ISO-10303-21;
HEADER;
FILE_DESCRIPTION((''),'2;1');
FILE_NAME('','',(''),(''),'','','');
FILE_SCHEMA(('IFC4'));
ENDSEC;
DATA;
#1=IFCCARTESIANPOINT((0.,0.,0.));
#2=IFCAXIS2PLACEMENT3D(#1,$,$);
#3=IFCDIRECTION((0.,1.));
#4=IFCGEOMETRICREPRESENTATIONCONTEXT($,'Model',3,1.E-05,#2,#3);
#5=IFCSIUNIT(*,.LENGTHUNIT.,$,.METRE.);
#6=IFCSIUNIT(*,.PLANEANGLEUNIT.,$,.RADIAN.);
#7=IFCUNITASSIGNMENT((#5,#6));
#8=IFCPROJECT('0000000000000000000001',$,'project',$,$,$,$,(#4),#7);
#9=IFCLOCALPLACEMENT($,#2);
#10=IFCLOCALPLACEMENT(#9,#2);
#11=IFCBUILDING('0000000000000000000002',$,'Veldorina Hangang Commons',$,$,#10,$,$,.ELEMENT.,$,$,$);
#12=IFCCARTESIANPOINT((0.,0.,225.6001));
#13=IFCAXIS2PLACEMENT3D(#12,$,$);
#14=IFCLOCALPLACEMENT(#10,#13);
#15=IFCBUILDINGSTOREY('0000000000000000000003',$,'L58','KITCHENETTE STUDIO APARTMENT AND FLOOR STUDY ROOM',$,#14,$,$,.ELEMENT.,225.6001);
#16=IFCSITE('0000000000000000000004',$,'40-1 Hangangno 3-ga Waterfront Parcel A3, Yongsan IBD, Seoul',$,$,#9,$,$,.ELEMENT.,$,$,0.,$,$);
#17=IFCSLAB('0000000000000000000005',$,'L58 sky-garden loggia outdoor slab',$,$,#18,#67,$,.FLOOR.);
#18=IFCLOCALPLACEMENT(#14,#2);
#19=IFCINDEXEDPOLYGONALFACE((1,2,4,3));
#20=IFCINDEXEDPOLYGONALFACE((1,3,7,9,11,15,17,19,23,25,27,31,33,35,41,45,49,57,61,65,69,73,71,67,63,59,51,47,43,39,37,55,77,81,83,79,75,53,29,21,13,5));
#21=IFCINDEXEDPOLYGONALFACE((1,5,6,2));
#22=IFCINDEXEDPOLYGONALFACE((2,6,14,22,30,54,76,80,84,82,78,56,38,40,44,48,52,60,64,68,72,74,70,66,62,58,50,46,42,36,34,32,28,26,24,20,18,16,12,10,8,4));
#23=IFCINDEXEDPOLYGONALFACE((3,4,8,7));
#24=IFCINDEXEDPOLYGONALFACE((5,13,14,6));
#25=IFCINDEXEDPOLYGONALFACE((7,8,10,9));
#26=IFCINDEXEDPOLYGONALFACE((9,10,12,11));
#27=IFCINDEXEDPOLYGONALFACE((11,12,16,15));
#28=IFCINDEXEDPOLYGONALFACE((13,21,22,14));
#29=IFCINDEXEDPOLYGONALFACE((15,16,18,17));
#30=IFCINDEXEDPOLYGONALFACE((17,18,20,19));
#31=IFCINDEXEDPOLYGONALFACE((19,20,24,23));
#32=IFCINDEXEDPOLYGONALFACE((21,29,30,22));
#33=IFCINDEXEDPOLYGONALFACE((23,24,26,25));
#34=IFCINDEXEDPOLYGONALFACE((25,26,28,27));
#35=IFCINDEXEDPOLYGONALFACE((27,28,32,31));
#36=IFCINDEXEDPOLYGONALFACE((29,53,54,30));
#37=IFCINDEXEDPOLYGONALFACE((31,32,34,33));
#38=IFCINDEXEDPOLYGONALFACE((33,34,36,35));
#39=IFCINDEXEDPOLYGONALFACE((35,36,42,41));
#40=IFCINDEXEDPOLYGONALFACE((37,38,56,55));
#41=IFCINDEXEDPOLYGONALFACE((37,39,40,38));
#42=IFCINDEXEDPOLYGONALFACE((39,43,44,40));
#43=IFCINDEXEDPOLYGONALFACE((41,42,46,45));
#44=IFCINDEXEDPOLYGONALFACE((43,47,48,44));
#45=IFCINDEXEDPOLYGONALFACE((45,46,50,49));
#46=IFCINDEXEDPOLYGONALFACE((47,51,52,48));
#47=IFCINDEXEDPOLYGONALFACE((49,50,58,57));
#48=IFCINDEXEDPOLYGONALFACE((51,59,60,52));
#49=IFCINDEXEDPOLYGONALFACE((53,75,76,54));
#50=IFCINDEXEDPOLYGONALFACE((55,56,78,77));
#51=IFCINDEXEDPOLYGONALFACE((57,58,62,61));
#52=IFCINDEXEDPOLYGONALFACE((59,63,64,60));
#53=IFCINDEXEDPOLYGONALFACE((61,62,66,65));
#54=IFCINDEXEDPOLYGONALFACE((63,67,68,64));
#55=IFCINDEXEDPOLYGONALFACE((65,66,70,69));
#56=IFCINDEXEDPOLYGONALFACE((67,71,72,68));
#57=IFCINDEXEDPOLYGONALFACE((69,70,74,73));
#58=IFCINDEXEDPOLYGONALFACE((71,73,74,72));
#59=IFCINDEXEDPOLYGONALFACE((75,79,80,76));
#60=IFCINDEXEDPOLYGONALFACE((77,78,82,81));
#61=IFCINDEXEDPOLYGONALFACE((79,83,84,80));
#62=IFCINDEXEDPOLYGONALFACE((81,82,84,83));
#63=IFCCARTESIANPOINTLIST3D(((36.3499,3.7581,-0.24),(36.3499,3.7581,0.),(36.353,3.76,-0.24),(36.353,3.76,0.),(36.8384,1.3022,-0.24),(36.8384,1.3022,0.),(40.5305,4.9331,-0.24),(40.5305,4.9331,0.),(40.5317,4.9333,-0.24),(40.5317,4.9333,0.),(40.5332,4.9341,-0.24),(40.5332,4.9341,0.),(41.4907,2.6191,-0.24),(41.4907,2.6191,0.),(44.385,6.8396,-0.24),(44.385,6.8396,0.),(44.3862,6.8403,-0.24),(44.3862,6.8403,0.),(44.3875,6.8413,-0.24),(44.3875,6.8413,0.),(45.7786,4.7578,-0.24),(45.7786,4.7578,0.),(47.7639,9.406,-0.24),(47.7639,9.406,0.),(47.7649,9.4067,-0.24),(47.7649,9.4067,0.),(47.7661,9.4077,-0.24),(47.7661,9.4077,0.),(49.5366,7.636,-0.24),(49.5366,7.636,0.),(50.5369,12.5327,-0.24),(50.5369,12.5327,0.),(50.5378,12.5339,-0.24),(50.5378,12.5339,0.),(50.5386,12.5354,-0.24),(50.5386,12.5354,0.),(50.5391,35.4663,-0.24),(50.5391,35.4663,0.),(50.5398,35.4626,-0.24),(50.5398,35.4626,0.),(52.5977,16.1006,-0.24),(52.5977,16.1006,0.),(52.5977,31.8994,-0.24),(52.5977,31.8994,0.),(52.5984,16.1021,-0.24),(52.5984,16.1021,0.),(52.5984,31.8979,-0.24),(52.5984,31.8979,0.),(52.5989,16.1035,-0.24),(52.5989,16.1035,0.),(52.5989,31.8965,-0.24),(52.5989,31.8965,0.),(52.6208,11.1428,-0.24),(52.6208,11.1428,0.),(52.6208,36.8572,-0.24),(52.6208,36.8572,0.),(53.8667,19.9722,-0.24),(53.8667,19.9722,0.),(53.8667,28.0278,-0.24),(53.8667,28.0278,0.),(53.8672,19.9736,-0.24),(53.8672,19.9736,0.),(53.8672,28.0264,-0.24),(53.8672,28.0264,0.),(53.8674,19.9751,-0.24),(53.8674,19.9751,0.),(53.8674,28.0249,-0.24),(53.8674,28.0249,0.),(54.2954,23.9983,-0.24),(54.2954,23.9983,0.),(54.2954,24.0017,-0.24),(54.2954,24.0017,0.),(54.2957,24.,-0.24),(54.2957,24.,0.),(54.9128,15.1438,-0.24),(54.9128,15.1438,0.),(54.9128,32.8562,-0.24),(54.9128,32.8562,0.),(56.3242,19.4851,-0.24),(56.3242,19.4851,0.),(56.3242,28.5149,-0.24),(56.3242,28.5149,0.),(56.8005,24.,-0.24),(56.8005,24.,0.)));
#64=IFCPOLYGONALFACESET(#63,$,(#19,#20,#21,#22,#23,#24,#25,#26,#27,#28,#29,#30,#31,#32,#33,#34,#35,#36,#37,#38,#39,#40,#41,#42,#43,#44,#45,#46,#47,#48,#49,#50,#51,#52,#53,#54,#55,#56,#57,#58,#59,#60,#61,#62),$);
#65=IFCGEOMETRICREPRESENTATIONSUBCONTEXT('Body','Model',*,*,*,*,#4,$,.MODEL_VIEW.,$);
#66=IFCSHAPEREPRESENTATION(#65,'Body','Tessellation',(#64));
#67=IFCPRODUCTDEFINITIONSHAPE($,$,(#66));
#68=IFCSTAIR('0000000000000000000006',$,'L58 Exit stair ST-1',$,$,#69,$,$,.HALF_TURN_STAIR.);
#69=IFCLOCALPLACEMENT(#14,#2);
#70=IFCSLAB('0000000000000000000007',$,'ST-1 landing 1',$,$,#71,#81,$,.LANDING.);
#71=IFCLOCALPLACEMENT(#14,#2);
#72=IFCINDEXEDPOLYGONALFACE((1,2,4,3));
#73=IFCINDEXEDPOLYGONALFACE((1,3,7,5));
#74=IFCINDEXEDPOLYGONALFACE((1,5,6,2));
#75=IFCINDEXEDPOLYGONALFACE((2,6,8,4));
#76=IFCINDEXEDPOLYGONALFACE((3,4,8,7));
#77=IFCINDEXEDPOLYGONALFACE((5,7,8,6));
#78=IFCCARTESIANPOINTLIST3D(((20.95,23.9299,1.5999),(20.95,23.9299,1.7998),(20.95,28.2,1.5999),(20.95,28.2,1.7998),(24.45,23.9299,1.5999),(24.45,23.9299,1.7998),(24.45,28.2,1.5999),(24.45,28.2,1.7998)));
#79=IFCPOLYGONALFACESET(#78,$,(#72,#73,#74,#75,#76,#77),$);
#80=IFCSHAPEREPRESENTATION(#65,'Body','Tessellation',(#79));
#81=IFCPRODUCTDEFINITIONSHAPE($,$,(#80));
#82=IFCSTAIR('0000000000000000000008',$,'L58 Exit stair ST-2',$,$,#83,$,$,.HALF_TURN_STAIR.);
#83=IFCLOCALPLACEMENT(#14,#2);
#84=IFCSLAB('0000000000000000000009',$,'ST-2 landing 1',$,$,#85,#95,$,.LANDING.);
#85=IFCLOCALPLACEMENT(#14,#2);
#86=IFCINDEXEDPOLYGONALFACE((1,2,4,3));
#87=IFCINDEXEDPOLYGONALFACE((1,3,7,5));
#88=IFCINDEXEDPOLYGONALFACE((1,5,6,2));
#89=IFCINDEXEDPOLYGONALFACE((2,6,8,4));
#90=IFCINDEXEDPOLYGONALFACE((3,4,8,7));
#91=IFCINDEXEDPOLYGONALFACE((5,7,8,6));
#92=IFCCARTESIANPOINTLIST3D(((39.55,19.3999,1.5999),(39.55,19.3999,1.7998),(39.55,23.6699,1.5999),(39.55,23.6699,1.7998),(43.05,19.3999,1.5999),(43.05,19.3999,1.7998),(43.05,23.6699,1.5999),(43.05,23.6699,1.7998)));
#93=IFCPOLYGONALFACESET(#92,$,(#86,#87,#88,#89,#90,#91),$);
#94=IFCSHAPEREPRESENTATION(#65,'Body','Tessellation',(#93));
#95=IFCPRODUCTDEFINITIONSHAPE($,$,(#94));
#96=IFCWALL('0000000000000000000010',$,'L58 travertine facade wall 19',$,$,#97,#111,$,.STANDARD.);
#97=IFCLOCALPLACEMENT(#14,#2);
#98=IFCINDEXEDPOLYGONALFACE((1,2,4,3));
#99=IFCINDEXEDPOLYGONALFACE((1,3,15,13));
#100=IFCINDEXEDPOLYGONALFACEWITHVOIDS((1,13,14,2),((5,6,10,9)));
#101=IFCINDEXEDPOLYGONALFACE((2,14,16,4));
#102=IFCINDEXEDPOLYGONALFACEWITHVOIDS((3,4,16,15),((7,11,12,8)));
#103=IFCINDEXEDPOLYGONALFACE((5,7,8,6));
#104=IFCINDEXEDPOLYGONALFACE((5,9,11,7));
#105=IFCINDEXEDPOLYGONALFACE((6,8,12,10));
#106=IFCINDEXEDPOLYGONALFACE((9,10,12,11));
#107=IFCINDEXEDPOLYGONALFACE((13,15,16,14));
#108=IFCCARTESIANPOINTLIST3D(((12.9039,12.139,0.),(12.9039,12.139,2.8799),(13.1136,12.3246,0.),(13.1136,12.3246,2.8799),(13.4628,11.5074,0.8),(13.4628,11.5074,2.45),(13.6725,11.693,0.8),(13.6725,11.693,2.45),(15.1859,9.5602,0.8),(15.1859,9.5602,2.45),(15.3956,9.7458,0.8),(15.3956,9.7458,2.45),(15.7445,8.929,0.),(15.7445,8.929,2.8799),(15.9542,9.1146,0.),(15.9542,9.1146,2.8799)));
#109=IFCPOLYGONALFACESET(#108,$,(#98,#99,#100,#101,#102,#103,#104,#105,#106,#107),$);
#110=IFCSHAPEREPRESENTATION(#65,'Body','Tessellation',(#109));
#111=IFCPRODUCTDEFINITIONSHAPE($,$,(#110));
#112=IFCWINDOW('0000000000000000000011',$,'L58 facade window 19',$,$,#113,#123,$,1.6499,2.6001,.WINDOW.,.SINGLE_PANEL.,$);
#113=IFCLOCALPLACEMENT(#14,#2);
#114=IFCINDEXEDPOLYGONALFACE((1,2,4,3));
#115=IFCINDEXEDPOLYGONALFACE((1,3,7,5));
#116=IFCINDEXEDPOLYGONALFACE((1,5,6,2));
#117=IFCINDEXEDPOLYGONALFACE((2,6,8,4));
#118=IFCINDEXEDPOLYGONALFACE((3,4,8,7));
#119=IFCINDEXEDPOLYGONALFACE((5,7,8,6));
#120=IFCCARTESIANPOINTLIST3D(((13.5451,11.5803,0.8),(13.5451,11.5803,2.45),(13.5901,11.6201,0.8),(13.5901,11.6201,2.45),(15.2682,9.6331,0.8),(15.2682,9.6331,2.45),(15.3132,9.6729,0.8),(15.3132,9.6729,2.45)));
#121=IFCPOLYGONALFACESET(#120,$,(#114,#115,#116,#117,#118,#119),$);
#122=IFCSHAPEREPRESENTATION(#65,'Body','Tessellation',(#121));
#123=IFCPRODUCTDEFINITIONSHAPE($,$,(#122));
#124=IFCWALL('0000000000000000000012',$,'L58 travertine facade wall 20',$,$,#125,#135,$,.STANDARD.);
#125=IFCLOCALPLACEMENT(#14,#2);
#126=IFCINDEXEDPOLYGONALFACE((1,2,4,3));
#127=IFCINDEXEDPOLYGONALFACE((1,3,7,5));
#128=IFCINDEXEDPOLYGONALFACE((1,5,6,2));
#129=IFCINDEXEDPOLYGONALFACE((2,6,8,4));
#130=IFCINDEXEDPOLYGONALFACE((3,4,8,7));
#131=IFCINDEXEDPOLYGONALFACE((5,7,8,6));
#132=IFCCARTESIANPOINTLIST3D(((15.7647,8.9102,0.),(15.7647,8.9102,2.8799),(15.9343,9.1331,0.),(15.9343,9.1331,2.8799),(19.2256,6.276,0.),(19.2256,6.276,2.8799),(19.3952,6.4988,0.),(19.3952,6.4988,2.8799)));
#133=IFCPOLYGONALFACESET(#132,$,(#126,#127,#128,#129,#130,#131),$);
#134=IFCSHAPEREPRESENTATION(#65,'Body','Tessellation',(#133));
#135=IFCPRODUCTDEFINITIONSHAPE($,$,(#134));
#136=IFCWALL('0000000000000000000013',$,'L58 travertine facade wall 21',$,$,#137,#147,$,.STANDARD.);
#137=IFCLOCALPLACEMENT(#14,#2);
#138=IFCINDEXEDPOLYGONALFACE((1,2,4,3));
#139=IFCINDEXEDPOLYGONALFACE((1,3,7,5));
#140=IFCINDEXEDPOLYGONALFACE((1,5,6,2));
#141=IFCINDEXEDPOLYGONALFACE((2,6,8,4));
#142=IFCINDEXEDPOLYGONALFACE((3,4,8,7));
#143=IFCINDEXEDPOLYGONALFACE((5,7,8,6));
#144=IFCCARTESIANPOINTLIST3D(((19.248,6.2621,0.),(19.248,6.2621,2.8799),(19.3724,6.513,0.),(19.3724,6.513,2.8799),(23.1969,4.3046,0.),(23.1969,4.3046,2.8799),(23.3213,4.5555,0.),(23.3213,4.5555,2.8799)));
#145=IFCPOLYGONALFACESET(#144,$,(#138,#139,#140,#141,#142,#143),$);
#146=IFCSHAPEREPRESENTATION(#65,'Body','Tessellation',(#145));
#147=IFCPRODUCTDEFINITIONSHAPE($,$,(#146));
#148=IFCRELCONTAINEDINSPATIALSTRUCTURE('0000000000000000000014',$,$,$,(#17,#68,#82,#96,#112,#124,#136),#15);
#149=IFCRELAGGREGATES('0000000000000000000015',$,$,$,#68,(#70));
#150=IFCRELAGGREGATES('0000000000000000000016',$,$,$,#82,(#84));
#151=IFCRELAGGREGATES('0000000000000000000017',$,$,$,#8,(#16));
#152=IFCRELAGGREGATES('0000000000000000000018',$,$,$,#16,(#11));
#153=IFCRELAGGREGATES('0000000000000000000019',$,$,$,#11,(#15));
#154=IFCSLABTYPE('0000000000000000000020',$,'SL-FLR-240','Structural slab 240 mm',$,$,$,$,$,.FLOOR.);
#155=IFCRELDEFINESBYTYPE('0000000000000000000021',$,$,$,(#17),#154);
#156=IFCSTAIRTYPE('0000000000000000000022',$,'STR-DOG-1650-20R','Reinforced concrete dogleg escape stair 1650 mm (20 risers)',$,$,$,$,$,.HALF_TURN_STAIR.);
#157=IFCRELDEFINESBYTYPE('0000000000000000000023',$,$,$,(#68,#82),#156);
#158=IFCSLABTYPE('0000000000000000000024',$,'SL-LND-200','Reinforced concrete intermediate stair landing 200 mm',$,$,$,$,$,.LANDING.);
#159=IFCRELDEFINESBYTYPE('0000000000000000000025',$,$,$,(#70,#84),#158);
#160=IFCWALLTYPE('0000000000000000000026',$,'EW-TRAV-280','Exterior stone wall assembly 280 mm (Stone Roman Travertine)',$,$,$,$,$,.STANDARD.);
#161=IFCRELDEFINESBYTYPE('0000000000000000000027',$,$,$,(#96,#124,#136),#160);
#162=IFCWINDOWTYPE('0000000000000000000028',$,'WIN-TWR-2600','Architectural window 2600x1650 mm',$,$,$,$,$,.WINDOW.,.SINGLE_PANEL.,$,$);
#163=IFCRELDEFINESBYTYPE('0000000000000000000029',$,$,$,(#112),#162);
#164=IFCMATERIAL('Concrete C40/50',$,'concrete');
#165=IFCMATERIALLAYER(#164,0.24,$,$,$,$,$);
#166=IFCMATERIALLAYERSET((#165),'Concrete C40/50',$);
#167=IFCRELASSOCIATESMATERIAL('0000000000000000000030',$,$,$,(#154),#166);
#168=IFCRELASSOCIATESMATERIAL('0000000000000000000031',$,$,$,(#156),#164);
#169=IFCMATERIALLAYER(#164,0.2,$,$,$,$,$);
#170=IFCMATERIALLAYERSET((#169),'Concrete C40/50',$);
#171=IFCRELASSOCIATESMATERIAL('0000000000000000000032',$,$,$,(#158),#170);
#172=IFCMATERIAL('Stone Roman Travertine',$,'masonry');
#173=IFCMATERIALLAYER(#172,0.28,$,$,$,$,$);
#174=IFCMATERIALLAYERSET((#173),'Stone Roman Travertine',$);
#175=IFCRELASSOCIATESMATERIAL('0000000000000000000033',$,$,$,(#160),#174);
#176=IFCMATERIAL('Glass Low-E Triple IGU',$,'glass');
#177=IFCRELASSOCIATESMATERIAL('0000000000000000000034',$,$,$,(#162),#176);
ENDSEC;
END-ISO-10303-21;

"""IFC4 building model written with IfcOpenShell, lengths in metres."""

from ifc_helpers import new_model, si_unit, direction, frame, frame_2d, origin, place, context, subcontext, project, spatial, polyline, rectangle, outline, extrude, material, layer, layer_set, type_object, element, fill, aggregate, save


model = new_model("IFC4")

# Units and contexts
model_context = context("Model", 3, precision=1e-05, world=origin(), true_north=direction((0.0, 1.0)))
body_context = subcontext(model_context, "Body", "Model", "MODEL_VIEW")
ifc_project = project(units=[si_unit("LENGTHUNIT", "METRE"), si_unit("PLANEANGLEUNIT", "RADIAN")], contexts=[model_context])

# Site, building, storey
site_placement = place(None, origin())
site = spatial("IfcSite", under=ifc_project, at=site_placement, Name="40-1 Hangangno 3-ga Waterfront Parcel A3, Yongsan IBD, Seoul", CompositionType="ELEMENT", RefElevation=0.0)
building_placement = place(site_placement, origin())
building = spatial("IfcBuilding", under=site, at=building_placement, Name="Veldorina Hangang Commons", CompositionType="ELEMENT")
storey_placement = place(building_placement, frame((0.0, 0.0, 225.6001)))
storey = spatial("IfcBuildingStorey", under=building, at=storey_placement, Name="L58", Description="KITCHENETTE STUDIO APARTMENT AND FLOOR STUDY ROOM", CompositionType="ELEMENT", Elevation=225.6001)

# Slab
ifc_material_1 = material(Name="Concrete C40/50", Category="concrete")
ifc_layer_1 = layer(ifc_material_1, 0.24)
ifc_layer_set_1 = layer_set([ifc_layer_1], Name="Concrete C40/50")
slab_type_1 = type_object("IfcSlabType", Name="SL-FLR-240", Description="Structural slab 240 mm", PredefinedType="FLOOR", material=ifc_layer_set_1)
slab_1_placement = place(storey_placement, frame((0.0, 0.0, -0.24)))
element("IfcSlab", 1, at=slab_1_placement, inside=storey, type_object=slab_type_1, Name="L58 sky-garden loggia outdoor slab", PredefinedType="FLOOR", context=body_context, shape_type="SweptSolid", body=[
    extrude(outline(polyline([(52.6208, 36.8572), (54.9128, 32.8562), (56.3242, 28.5149), (56.8005, 24.0), (56.3242, 19.4851), (54.9128, 15.1438), (52.6208, 11.1428), (49.5366, 7.636), (45.7786, 4.7578), (41.4907, 2.6191), (36.8384, 1.3022), (36.3499, 3.7581), (36.353, 3.76), (40.5305, 4.9331), (40.5317, 4.9333), (40.5332, 4.9341), (44.385, 6.8396), (44.3862, 6.8403), (44.3875, 6.8413), (47.7639, 9.406), (47.7649, 9.4067), (47.7661, 9.4077), (50.5369, 12.5327), (50.5378, 12.5339), (50.5386, 12.5354), (52.5977, 16.1006), (52.5984, 16.1021), (52.5989, 16.1035), (53.8667, 19.9722), (53.8672, 19.9736), (53.8674, 19.9751), (54.2954, 23.9983), (54.2957, 24.0), (54.2954, 24.0017), (53.8674, 28.0249), (53.8672, 28.0264), (53.8667, 28.0278), (52.5989, 31.8965), (52.5984, 31.8979), (52.5977, 31.8994), (50.5398, 35.4626), (50.5391, 35.4663), (52.6208, 36.8572)])), origin(), (0.0, 0.0, 1.0), 0.24),
])

# Stairs, slabs
stair_type = type_object("IfcStairType", Name="STR-DOG-1650-20R", Description="Reinforced concrete dogleg escape stair 1650 mm (20 risers)", PredefinedType="HALF_TURN_STAIR", material=ifc_material_1)
stair_1_placement = place(storey_placement, origin())
stair_1 = element("IfcStair", 2, at=stair_1_placement, inside=storey, type_object=stair_type, Name="L58 Exit stair ST-1", PredefinedType="HALF_TURN_STAIR")
ifc_layer_2 = layer(ifc_material_1, 0.2)
ifc_layer_set_2 = layer_set([ifc_layer_2], Name="Concrete C40/50")
slab_type_2 = type_object("IfcSlabType", Name="SL-LND-200", Description="Reinforced concrete intermediate stair landing 200 mm", PredefinedType="LANDING", material=ifc_layer_set_2)
slab_2_placement = place(storey_placement, frame((0.0, 0.0, 1.5999)))
slab_2 = element("IfcSlab", 3, at=slab_2_placement, type_object=slab_type_2, Name="ST-1 landing 1", PredefinedType="LANDING", context=body_context, shape_type="SweptSolid", body=[
    extrude(outline(polyline([(24.45, 23.9299), (24.45, 28.2), (20.95, 28.2), (20.95, 23.9299), (24.45, 23.9299)])), origin(), (0.0, 0.0, 1.0), 0.2),
])
aggregate(stair_1, [slab_2])
stair_2_placement = place(storey_placement, origin())
stair_2 = element("IfcStair", 4, at=stair_2_placement, inside=storey, type_object=stair_type, Name="L58 Exit stair ST-2", PredefinedType="HALF_TURN_STAIR")
slab_3_placement = place(storey_placement, frame((0.0, 0.0, 1.5999)))
slab_3 = element("IfcSlab", 5, at=slab_3_placement, type_object=slab_type_2, Name="ST-2 landing 1", PredefinedType="LANDING", context=body_context, shape_type="SweptSolid", body=[
    extrude(outline(polyline([(39.55, 23.6699), (39.55, 19.3999), (43.05, 19.3999), (43.05, 23.6699), (39.55, 23.6699)])), origin(), (0.0, 0.0, 1.0), 0.2),
])
aggregate(stair_2, [slab_3])

# Wall, opening, window
ifc_material_2 = material(Name="Stone Roman Travertine", Category="masonry")
ifc_layer_3 = layer(ifc_material_2, 0.28)
ifc_layer_set_3 = layer_set([ifc_layer_3], Name="Stone Roman Travertine")
wall_type = type_object("IfcWallType", Name="EW-TRAV-280", Description="Exterior stone wall assembly 280 mm (Stone Roman Travertine)", PredefinedType="STANDARD", material=ifc_layer_set_3)
wall_1_placement = place(storey_placement, frame((13.0088, 12.2317, 0.0), z_axis=(0.0, 0.0, 1.0), x_axis=(0.662704, -0.748881, 0.0)))
wall_1 = element("IfcWall", 6, at=wall_1_placement, inside=storey, type_object=wall_type, Name="L58 travertine facade wall 19", PredefinedType="STANDARD", context=body_context, shape_type="SweptSolid", body=[
    extrude(rectangle(XDim=4.2864, YDim=0.28, at=frame_2d((2.1431, 0.0))), origin(), (0.0, 0.0, 1.0), 2.8799),
])
opening_placement = place(wall_1_placement, frame((0.8433, 0.0, 0.8)))
opening = element("IfcOpeningElement", 7, at=opening_placement, cuts=wall_1, PredefinedType="OPENING", context=body_context, shape_type="SweptSolid", body=[
    extrude(rectangle(XDim=2.6001, YDim=1.6499, at=frame_2d((1.3, 0.825))), frame((0.0, 0.1499, 0.0), z_axis=(0.0, -1.0, 0.0), x_axis=(1.0, 0.0, 0.0)), (0.0, 0.0, 1.0), 0.3),
])
ifc_material_3 = material(Name="Glass Low-E Triple IGU", Category="glass")
window_type = type_object("IfcWindowType", Name="WIN-TWR-2600", Description="Architectural window 2600x1650 mm", PartitioningType="SINGLE_PANEL", PredefinedType="WINDOW", material=ifc_material_3)
window_placement = place(opening_placement, origin())
window = element("IfcWindow", 8, at=window_placement, inside=storey, type_object=window_type, Name="L58 facade window 19", OverallHeight=1.6499, OverallWidth=2.6001, PartitioningType="SINGLE_PANEL", PredefinedType="WINDOW", context=body_context, shape_type="SweptSolid", body=[
    extrude(rectangle(XDim=2.6001, YDim=1.6499, at=frame_2d((1.3, 0.825))), frame((0.0, 0.03, 0.0), z_axis=(0.0, -1.0, 0.0), x_axis=(1.0, 0.0, 0.0)), (0.0, 0.0, 1.0), 0.0601),
])
fill(opening, window)

# Walls
wall_2_placement = place(storey_placement, frame((15.8494, 9.0217, 0.0), z_axis=(0.0, 0.0, 1.0), x_axis=(0.795723, -0.605661, 0.0)))
element("IfcWall", 9, at=wall_2_placement, inside=storey, type_object=wall_type, Name="L58 travertine facade wall 20", PredefinedType="STANDARD", context=body_context, shape_type="SweptSolid", body=[
    extrude(rectangle(XDim=4.3494, YDim=0.28, at=frame_2d((2.1748, 0.0))), origin(), (0.0, 0.0, 1.0), 2.8799),
])
wall_3_placement = place(storey_placement, frame((19.3103, 6.3875, 0.0), z_axis=(0.0, 0.0, 1.0), x_axis=(0.895962, -0.444131, 0.0)))
element("IfcWall", 10, at=wall_3_placement, inside=storey, type_object=wall_type, Name="L58 travertine facade wall 21", PredefinedType="STANDARD", context=body_context, shape_type="SweptSolid", body=[
    extrude(rectangle(XDim=4.4075, YDim=0.28, at=frame_2d((2.2036, 0.0))), origin(), (0.0, 0.0, 1.0), 2.8799),
])

save(model, "model.ifc")
